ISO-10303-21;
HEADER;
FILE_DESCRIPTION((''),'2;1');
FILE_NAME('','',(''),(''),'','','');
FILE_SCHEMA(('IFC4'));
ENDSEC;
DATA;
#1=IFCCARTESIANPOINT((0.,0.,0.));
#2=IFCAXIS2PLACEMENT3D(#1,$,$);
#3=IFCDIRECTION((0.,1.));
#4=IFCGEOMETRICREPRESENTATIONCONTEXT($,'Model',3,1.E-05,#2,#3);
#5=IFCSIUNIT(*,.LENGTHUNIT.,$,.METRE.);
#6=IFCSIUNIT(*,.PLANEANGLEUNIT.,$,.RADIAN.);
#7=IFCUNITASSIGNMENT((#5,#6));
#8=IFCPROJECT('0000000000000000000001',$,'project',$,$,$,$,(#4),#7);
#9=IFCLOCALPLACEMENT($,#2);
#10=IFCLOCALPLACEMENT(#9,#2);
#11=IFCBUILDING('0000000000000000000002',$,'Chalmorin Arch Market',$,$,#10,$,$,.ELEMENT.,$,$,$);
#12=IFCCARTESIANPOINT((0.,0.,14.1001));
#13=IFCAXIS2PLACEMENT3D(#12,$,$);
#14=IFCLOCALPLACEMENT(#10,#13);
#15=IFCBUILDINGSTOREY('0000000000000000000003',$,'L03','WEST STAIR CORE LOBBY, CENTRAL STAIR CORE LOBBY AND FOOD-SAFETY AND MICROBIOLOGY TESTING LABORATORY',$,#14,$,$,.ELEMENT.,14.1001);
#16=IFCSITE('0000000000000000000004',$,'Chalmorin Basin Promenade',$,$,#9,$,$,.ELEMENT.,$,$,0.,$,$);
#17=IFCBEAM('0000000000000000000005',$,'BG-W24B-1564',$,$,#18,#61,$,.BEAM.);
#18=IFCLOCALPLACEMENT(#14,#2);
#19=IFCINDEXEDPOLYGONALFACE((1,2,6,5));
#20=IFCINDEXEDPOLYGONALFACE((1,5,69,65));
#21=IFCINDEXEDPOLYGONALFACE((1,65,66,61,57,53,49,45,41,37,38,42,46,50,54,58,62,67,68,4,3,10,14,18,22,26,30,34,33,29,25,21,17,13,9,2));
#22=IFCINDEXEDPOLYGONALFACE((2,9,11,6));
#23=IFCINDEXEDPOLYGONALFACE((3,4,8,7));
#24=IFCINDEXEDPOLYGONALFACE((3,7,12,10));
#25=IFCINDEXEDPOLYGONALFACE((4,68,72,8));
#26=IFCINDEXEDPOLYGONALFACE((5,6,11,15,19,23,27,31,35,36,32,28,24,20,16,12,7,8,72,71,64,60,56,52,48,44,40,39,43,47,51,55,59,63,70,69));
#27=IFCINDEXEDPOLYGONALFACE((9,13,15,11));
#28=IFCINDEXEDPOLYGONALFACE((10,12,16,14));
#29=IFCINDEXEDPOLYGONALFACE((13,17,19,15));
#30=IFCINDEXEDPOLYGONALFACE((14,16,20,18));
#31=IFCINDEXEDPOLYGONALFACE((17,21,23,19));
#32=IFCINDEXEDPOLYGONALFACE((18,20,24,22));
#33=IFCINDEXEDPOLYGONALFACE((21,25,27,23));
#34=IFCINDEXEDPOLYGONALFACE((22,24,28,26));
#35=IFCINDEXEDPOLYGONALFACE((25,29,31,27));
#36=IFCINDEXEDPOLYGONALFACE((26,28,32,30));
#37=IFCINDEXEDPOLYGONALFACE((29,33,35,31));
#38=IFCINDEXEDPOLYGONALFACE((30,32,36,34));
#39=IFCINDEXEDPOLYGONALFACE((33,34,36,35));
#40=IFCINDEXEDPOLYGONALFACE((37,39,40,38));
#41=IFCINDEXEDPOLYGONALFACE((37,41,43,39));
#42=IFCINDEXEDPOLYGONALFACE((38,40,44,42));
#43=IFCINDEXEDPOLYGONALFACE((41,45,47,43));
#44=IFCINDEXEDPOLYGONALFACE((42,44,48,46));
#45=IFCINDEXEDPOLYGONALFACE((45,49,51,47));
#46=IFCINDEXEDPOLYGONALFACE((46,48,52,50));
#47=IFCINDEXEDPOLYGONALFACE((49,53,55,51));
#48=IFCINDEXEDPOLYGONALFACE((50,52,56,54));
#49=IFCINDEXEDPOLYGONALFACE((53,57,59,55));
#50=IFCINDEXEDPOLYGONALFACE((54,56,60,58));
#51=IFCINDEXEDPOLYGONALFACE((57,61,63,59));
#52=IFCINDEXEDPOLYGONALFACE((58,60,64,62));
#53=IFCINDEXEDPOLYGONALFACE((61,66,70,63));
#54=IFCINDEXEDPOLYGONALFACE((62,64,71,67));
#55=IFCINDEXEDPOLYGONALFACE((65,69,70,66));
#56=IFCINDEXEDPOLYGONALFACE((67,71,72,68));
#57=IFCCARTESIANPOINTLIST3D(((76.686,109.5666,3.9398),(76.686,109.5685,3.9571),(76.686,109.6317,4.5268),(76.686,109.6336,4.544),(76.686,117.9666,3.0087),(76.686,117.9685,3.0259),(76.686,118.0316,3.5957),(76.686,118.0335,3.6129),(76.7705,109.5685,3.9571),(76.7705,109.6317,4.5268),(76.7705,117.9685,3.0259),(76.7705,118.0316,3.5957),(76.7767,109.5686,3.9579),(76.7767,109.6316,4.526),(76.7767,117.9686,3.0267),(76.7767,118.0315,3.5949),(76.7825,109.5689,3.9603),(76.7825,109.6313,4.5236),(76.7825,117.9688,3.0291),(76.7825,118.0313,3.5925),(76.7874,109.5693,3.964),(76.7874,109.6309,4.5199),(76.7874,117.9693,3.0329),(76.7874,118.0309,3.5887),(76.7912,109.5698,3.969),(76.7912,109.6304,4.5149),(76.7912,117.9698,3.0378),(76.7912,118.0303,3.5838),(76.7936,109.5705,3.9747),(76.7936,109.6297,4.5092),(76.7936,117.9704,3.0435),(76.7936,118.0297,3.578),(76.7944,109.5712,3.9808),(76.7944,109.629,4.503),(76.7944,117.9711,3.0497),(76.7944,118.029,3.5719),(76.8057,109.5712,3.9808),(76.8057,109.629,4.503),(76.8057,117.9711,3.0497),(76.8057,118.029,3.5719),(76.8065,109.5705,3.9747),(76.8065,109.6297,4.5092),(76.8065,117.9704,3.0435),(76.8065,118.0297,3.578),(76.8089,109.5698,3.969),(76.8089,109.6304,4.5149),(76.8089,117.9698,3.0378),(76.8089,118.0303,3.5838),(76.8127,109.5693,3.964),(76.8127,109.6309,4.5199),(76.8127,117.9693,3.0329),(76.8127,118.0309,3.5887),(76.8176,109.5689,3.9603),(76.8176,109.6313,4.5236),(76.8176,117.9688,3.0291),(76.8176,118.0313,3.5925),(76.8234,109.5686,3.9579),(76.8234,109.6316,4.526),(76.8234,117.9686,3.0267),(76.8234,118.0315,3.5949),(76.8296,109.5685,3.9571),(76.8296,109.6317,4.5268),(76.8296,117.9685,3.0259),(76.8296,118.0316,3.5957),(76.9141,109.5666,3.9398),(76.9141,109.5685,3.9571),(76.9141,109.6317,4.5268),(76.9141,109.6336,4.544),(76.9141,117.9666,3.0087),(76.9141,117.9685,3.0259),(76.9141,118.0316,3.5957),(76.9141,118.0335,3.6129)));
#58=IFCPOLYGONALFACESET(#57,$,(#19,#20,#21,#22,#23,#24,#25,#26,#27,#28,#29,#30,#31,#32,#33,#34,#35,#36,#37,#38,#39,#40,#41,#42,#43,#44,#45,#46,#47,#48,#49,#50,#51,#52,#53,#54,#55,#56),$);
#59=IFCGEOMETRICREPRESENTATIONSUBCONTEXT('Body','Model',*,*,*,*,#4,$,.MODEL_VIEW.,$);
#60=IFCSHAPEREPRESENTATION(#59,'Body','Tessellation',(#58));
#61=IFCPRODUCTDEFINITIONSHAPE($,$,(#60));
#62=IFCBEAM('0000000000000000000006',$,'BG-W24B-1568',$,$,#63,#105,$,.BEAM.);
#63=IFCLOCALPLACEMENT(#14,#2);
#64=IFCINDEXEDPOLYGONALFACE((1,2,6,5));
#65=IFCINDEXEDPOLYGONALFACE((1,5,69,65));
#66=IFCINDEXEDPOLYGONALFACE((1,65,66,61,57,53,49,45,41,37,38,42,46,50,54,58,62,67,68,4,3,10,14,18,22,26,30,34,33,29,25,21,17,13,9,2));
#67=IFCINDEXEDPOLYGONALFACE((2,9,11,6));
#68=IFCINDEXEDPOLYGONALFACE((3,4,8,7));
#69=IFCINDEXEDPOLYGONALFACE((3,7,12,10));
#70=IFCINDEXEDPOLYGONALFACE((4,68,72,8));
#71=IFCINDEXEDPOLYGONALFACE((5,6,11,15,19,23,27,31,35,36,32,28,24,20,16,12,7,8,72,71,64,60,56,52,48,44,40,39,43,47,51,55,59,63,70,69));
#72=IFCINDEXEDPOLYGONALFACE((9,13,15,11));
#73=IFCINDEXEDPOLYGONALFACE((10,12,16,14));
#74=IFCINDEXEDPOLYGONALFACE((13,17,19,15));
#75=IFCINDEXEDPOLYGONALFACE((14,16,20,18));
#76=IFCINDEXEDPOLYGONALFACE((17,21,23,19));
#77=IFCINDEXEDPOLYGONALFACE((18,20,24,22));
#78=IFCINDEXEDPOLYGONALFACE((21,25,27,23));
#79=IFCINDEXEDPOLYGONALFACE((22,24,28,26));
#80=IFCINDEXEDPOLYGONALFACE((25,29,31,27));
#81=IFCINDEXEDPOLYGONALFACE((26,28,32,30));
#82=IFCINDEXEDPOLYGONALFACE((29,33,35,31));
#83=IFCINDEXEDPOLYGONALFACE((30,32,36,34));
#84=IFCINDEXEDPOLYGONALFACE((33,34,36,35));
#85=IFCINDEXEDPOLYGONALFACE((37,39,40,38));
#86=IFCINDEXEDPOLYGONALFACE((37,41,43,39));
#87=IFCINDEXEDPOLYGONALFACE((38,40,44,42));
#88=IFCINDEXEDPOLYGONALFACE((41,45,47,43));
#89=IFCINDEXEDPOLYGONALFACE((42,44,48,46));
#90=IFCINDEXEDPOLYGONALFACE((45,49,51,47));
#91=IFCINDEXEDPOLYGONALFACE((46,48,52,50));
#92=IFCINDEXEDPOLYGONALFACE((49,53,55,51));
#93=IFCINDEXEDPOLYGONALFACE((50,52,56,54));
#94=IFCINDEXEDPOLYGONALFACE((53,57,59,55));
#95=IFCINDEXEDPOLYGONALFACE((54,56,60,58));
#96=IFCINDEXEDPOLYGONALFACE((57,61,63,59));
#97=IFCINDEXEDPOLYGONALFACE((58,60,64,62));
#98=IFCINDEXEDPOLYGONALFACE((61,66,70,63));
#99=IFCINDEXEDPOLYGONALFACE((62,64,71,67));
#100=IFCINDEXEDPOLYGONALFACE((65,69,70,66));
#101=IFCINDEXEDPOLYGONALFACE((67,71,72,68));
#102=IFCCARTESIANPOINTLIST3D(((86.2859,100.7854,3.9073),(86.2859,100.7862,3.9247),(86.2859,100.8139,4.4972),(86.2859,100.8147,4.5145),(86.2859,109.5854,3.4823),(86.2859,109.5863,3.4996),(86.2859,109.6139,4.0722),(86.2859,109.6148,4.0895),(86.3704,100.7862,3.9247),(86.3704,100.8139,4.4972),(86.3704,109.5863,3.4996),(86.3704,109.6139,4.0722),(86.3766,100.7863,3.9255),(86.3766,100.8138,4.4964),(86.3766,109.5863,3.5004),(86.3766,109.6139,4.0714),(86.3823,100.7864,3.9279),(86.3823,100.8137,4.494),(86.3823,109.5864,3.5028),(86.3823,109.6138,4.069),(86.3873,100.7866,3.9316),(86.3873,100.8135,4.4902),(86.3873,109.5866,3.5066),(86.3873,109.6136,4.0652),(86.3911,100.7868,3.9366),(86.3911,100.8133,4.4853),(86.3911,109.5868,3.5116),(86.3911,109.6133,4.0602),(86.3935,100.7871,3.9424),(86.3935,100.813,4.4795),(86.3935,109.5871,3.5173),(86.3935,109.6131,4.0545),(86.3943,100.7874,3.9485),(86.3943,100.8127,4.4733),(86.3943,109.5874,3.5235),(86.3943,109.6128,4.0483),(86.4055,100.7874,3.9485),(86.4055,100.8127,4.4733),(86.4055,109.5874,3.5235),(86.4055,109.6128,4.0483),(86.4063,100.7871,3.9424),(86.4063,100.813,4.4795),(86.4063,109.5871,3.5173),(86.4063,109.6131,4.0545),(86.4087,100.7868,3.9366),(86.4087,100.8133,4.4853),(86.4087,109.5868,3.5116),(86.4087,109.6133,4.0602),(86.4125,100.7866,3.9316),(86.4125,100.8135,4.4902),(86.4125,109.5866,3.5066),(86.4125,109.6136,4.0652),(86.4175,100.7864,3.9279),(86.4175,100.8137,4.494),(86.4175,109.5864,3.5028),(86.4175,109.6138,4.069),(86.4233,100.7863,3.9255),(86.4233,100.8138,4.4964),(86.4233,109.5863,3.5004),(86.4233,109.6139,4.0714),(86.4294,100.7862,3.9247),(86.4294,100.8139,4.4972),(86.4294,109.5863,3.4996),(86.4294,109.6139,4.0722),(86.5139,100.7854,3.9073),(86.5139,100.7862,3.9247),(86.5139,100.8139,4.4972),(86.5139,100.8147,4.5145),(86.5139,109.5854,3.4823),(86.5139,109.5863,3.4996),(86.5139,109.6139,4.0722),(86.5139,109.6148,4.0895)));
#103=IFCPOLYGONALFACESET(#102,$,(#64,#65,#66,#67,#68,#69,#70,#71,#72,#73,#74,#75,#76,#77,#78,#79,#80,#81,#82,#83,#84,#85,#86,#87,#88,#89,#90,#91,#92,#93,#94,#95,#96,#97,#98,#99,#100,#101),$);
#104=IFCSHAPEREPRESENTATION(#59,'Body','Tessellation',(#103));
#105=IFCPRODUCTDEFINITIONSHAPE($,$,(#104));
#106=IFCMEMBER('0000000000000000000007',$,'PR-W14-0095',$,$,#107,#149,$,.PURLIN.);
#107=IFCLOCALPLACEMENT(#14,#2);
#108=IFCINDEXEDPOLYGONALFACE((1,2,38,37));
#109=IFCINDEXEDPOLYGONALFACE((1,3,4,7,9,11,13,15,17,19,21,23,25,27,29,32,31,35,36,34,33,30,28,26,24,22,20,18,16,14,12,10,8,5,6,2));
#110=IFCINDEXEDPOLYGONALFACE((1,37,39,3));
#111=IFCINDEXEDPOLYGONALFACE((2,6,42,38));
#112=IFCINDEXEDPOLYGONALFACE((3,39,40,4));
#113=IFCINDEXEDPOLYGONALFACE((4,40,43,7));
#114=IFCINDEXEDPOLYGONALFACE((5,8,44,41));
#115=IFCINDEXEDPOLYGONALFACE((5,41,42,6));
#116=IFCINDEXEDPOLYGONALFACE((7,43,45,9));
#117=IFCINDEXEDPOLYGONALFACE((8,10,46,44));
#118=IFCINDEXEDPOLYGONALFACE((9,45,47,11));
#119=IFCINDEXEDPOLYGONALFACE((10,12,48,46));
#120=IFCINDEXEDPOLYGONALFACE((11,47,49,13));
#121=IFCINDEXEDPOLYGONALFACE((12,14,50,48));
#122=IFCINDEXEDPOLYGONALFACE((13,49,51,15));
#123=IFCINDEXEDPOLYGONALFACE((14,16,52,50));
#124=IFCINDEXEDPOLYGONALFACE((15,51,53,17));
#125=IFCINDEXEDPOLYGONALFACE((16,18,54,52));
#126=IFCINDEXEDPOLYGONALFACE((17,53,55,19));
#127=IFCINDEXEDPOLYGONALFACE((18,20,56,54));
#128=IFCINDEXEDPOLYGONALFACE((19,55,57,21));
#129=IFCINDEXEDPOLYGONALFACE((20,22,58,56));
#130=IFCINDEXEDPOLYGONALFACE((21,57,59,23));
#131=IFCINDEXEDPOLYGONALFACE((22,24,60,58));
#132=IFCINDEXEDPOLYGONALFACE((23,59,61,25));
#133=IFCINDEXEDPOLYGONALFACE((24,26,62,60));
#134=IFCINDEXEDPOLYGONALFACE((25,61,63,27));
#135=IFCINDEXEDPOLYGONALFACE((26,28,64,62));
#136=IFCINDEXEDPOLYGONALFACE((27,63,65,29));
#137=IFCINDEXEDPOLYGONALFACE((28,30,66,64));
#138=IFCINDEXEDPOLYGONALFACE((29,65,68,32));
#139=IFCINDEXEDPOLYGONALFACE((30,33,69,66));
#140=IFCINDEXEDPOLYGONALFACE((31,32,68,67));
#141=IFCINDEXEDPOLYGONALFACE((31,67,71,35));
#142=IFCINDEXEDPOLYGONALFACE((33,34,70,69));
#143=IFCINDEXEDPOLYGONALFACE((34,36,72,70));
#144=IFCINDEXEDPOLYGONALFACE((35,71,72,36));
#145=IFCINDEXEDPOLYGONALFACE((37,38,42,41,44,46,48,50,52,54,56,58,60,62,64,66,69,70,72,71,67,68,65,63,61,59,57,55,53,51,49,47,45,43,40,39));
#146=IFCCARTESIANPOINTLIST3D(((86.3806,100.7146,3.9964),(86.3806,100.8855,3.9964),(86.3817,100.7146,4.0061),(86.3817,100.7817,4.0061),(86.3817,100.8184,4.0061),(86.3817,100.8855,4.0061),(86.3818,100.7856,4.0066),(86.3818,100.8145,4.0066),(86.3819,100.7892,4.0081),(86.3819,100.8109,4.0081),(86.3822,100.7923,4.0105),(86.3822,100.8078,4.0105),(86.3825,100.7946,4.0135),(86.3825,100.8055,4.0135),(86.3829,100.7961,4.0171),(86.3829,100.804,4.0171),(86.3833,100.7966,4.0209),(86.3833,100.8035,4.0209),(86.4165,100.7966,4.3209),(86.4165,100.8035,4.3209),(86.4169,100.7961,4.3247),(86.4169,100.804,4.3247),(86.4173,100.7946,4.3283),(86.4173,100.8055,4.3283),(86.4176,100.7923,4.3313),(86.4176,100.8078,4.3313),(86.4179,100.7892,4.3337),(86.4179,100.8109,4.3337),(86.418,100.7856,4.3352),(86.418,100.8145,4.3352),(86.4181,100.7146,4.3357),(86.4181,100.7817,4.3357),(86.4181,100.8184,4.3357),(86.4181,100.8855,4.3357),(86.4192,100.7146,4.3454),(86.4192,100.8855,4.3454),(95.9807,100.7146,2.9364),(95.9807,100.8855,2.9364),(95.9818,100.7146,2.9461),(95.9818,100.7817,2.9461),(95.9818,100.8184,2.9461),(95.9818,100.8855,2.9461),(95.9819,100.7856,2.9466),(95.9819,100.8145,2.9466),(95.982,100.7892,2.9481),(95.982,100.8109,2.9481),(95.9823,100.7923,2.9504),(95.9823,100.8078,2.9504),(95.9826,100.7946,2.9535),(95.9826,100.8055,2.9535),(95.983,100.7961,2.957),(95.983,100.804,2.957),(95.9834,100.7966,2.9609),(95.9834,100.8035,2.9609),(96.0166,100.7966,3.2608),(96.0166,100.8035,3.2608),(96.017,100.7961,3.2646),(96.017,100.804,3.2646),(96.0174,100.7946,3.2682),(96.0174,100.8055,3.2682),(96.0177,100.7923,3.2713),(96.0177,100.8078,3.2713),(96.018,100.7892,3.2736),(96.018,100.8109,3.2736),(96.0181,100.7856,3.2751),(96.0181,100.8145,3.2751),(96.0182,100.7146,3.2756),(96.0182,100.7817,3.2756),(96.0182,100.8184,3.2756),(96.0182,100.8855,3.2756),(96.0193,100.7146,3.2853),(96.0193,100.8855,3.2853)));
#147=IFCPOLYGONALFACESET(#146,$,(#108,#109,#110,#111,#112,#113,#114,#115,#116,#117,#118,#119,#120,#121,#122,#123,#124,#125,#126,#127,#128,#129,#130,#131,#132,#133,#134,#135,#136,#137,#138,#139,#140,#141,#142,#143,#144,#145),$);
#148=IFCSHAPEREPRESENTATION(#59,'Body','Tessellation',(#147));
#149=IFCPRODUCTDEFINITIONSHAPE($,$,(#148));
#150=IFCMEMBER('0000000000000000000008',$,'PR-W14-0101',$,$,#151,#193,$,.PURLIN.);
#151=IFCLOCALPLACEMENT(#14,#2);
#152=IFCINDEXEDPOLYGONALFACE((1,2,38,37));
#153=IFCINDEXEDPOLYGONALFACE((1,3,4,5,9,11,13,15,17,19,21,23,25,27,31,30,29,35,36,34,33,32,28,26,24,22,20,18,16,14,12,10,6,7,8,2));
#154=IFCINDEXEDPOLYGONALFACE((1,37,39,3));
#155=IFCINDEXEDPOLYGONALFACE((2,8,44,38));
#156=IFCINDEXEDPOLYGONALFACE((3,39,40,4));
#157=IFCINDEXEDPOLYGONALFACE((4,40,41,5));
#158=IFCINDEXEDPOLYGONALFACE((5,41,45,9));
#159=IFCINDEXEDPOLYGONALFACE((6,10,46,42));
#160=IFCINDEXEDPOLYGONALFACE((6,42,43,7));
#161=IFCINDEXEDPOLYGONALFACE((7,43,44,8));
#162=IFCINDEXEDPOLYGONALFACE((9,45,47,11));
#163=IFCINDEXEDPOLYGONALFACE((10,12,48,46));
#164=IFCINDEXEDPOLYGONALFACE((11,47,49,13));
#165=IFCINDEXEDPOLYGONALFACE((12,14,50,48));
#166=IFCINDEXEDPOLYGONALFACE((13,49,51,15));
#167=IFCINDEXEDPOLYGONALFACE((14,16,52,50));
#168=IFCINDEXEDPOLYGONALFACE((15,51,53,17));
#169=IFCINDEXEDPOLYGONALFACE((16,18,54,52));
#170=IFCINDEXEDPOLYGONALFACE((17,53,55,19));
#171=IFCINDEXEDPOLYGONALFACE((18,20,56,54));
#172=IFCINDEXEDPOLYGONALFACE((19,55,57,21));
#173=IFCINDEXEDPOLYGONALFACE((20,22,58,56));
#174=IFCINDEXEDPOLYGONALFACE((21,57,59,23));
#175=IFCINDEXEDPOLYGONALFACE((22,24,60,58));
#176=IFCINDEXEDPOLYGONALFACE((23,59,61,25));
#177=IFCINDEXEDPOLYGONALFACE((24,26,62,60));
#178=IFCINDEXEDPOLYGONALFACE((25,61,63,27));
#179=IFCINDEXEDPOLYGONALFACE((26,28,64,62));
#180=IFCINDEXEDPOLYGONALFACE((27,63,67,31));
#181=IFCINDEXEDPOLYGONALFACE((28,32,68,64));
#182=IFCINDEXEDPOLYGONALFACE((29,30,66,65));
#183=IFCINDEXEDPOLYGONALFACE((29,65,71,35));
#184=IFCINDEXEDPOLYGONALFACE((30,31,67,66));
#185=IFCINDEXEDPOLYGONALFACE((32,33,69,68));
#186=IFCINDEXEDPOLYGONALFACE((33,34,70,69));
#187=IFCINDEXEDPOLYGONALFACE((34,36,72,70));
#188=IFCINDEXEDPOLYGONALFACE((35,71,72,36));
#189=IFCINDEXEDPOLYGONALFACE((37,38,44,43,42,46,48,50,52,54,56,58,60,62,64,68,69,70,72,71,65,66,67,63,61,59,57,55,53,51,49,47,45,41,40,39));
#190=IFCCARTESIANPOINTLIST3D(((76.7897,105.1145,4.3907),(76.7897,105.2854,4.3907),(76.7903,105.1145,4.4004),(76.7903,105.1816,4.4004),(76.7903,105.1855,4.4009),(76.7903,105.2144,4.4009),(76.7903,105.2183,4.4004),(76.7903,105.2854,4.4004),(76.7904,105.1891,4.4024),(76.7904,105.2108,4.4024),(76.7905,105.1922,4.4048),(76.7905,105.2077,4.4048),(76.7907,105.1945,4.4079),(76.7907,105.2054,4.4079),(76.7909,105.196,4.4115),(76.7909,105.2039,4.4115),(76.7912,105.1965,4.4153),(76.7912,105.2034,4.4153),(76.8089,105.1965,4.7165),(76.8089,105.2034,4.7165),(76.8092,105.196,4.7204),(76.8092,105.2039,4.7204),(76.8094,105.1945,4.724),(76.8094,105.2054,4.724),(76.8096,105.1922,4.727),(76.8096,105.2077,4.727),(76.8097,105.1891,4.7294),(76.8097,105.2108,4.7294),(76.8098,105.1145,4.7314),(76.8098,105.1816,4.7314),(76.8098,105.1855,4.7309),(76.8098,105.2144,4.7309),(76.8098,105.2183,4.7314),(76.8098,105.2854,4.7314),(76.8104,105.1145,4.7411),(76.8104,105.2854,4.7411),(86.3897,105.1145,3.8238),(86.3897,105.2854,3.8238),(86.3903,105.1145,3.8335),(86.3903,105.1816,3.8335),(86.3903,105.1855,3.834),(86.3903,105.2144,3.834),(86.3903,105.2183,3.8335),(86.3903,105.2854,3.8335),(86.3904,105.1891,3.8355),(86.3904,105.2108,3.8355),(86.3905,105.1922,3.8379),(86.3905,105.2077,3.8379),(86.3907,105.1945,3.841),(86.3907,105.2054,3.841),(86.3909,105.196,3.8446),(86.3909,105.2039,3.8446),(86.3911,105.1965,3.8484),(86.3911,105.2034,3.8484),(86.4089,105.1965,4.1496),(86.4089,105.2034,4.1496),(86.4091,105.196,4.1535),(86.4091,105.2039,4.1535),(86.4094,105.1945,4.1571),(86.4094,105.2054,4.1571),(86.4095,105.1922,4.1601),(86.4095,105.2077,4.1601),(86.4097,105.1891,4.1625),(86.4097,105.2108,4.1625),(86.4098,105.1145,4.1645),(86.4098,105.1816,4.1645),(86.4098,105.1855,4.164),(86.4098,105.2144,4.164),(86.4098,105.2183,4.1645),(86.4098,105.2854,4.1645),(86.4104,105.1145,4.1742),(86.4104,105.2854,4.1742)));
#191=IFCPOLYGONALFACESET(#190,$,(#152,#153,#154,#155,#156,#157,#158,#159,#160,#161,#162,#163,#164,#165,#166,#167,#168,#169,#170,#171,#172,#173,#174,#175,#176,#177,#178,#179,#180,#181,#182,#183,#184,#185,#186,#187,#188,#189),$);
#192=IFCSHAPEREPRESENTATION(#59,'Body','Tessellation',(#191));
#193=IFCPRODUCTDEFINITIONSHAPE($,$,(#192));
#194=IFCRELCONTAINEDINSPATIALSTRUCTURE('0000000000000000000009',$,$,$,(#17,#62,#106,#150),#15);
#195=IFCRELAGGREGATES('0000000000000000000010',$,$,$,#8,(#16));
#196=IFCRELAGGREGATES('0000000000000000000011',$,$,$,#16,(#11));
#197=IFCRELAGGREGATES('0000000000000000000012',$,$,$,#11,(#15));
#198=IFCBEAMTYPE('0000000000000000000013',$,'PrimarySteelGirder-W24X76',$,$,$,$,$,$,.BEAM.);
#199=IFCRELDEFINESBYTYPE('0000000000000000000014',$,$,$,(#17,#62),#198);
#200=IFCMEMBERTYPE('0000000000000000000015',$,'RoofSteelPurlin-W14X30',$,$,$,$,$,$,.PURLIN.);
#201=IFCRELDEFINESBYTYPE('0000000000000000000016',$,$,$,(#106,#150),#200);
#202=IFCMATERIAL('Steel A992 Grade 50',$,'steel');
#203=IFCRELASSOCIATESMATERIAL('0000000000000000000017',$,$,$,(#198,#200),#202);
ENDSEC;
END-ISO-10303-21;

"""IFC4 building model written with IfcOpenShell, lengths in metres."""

from ifc_helpers import new_model, si_unit, direction, frame, origin, origin_2d, place, context, subcontext, project, spatial, i_section, extrude, material, material_profile, profile_set, type_object, element, save


model = new_model("IFC4")

# Units and contexts
model_context = context("Model", 3, precision=1e-05, world=origin(), true_north=direction((0.0, 1.0)))
body_context = subcontext(model_context, "Body", "Model", "MODEL_VIEW")
ifc_project = project(units=[si_unit("LENGTHUNIT", "METRE"), si_unit("PLANEANGLEUNIT", "RADIAN")], contexts=[model_context])

# Site, building, storey
site_placement = place(None, origin())
site = spatial("IfcSite", under=ifc_project, at=site_placement, Name="Chalmorin Basin Promenade", CompositionType="ELEMENT", RefElevation=0.0)
building_placement = place(site_placement, origin())
building = spatial("IfcBuilding", under=site, at=building_placement, Name="Chalmorin Arch Market", CompositionType="ELEMENT")
storey_placement = place(building_placement, frame((0.0, 0.0, 14.1001)))
storey = spatial("IfcBuildingStorey", under=building, at=storey_placement, Name="L03", Description="WEST STAIR CORE LOBBY, CENTRAL STAIR CORE LOBBY AND FOOD-SAFETY AND MICROBIOLOGY TESTING LABORATORY", CompositionType="ELEMENT", Elevation=14.1001)

# Beams
ifc_material_1 = material(Name="Steel A992 Grade 50", Category="steel")
ifc_material_profile_1 = material_profile(ifc_material_1, i_section(OverallWidth=0.228, OverallDepth=0.6079, WebThickness=0.0112, FlangeThickness=0.0173, FilletRadius=0.0239, at=origin_2d()), Name="W24X76")
ifc_profile_set_1 = profile_set([ifc_material_profile_1], Name="Steel A992 Grade 50")
beam_type_1 = type_object("IfcBeamType", Name="PrimarySteelGirder-W24X76", PredefinedType="BEAM", material=ifc_profile_set_1)
beam_1_placement = place(storey_placement, frame((76.8, 109.6001, 4.2419), z_axis=(0.0, 0.993912, -0.110178), x_axis=(-1.0, 0.0, 0.0)))
element("IfcBeam", 1, at=beam_1_placement, inside=storey, type_object=beam_type_1, Name="BG-W24B-1564", PredefinedType="BEAM", context=body_context, shape_type="SweptSolid", body=[
    extrude(i_section(OverallWidth=0.228, OverallDepth=0.6079, WebThickness=0.0112, FlangeThickness=0.0173, FilletRadius=0.0239, at=origin_2d()), origin(), (0.0, 0.0, 1.0), 8.4514),
])
beam_2_placement = place(storey_placement, frame((86.3999, 100.8, 4.2109), z_axis=(0.0, 0.998836, -0.048244), x_axis=(-1.0, 0.0, 0.0)))
element("IfcBeam", 2, at=beam_2_placement, inside=storey, type_object=beam_type_1, Name="BG-W24B-1568", PredefinedType="BEAM", context=body_context, shape_type="SweptSolid", body=[
    extrude(i_section(OverallWidth=0.228, OverallDepth=0.6079, WebThickness=0.0112, FlangeThickness=0.0173, FilletRadius=0.0239, at=origin_2d()), origin(), (0.0, 0.0, 1.0), 8.8103),
])

# Members
ifc_material_profile_2 = material_profile(ifc_material_1, i_section(OverallWidth=0.1709, OverallDepth=0.3511, WebThickness=0.0068, FlangeThickness=0.0098, FilletRadius=0.0149, at=origin_2d()), Name="W14X30")
ifc_profile_set_2 = profile_set([ifc_material_profile_2], Name="Steel A992 Grade 50")
member_type = type_object("IfcMemberType", Name="RoofSteelPurlin-W14X30", PredefinedType="PURLIN", material=ifc_profile_set_2)
member_1_placement = place(storey_placement, frame((86.3999, 100.8, 4.1709), z_axis=(0.993959, 0.0, -0.109755), x_axis=(0.0, 1.0, 0.0)))
element("IfcMember", 3, at=member_1_placement, inside=storey, type_object=member_type, Name="PR-W14-0095", PredefinedType="PURLIN", context=body_context, shape_type="SweptSolid", body=[
    extrude(i_section(OverallWidth=0.1709, OverallDepth=0.3511, WebThickness=0.0068, FlangeThickness=0.0098, FilletRadius=0.0149, at=origin_2d()), origin(), (0.0, 0.0, 1.0), 9.6584),
])
member_2_placement = place(storey_placement, frame((76.8, 105.2, 4.5659), z_axis=(0.998261, 0.0, -0.05895), x_axis=(0.0, 1.0, 0.0)))
element("IfcMember", 4, at=member_2_placement, inside=storey, type_object=member_type, Name="PR-W14-0101", PredefinedType="PURLIN", context=body_context, shape_type="SweptSolid", body=[
    extrude(i_section(OverallWidth=0.1709, OverallDepth=0.3511, WebThickness=0.0068, FlangeThickness=0.0098, FilletRadius=0.0149, at=origin_2d()), origin(), (0.0, 0.0, 1.0), 9.6167),
])

save(model, "model.ifc")
